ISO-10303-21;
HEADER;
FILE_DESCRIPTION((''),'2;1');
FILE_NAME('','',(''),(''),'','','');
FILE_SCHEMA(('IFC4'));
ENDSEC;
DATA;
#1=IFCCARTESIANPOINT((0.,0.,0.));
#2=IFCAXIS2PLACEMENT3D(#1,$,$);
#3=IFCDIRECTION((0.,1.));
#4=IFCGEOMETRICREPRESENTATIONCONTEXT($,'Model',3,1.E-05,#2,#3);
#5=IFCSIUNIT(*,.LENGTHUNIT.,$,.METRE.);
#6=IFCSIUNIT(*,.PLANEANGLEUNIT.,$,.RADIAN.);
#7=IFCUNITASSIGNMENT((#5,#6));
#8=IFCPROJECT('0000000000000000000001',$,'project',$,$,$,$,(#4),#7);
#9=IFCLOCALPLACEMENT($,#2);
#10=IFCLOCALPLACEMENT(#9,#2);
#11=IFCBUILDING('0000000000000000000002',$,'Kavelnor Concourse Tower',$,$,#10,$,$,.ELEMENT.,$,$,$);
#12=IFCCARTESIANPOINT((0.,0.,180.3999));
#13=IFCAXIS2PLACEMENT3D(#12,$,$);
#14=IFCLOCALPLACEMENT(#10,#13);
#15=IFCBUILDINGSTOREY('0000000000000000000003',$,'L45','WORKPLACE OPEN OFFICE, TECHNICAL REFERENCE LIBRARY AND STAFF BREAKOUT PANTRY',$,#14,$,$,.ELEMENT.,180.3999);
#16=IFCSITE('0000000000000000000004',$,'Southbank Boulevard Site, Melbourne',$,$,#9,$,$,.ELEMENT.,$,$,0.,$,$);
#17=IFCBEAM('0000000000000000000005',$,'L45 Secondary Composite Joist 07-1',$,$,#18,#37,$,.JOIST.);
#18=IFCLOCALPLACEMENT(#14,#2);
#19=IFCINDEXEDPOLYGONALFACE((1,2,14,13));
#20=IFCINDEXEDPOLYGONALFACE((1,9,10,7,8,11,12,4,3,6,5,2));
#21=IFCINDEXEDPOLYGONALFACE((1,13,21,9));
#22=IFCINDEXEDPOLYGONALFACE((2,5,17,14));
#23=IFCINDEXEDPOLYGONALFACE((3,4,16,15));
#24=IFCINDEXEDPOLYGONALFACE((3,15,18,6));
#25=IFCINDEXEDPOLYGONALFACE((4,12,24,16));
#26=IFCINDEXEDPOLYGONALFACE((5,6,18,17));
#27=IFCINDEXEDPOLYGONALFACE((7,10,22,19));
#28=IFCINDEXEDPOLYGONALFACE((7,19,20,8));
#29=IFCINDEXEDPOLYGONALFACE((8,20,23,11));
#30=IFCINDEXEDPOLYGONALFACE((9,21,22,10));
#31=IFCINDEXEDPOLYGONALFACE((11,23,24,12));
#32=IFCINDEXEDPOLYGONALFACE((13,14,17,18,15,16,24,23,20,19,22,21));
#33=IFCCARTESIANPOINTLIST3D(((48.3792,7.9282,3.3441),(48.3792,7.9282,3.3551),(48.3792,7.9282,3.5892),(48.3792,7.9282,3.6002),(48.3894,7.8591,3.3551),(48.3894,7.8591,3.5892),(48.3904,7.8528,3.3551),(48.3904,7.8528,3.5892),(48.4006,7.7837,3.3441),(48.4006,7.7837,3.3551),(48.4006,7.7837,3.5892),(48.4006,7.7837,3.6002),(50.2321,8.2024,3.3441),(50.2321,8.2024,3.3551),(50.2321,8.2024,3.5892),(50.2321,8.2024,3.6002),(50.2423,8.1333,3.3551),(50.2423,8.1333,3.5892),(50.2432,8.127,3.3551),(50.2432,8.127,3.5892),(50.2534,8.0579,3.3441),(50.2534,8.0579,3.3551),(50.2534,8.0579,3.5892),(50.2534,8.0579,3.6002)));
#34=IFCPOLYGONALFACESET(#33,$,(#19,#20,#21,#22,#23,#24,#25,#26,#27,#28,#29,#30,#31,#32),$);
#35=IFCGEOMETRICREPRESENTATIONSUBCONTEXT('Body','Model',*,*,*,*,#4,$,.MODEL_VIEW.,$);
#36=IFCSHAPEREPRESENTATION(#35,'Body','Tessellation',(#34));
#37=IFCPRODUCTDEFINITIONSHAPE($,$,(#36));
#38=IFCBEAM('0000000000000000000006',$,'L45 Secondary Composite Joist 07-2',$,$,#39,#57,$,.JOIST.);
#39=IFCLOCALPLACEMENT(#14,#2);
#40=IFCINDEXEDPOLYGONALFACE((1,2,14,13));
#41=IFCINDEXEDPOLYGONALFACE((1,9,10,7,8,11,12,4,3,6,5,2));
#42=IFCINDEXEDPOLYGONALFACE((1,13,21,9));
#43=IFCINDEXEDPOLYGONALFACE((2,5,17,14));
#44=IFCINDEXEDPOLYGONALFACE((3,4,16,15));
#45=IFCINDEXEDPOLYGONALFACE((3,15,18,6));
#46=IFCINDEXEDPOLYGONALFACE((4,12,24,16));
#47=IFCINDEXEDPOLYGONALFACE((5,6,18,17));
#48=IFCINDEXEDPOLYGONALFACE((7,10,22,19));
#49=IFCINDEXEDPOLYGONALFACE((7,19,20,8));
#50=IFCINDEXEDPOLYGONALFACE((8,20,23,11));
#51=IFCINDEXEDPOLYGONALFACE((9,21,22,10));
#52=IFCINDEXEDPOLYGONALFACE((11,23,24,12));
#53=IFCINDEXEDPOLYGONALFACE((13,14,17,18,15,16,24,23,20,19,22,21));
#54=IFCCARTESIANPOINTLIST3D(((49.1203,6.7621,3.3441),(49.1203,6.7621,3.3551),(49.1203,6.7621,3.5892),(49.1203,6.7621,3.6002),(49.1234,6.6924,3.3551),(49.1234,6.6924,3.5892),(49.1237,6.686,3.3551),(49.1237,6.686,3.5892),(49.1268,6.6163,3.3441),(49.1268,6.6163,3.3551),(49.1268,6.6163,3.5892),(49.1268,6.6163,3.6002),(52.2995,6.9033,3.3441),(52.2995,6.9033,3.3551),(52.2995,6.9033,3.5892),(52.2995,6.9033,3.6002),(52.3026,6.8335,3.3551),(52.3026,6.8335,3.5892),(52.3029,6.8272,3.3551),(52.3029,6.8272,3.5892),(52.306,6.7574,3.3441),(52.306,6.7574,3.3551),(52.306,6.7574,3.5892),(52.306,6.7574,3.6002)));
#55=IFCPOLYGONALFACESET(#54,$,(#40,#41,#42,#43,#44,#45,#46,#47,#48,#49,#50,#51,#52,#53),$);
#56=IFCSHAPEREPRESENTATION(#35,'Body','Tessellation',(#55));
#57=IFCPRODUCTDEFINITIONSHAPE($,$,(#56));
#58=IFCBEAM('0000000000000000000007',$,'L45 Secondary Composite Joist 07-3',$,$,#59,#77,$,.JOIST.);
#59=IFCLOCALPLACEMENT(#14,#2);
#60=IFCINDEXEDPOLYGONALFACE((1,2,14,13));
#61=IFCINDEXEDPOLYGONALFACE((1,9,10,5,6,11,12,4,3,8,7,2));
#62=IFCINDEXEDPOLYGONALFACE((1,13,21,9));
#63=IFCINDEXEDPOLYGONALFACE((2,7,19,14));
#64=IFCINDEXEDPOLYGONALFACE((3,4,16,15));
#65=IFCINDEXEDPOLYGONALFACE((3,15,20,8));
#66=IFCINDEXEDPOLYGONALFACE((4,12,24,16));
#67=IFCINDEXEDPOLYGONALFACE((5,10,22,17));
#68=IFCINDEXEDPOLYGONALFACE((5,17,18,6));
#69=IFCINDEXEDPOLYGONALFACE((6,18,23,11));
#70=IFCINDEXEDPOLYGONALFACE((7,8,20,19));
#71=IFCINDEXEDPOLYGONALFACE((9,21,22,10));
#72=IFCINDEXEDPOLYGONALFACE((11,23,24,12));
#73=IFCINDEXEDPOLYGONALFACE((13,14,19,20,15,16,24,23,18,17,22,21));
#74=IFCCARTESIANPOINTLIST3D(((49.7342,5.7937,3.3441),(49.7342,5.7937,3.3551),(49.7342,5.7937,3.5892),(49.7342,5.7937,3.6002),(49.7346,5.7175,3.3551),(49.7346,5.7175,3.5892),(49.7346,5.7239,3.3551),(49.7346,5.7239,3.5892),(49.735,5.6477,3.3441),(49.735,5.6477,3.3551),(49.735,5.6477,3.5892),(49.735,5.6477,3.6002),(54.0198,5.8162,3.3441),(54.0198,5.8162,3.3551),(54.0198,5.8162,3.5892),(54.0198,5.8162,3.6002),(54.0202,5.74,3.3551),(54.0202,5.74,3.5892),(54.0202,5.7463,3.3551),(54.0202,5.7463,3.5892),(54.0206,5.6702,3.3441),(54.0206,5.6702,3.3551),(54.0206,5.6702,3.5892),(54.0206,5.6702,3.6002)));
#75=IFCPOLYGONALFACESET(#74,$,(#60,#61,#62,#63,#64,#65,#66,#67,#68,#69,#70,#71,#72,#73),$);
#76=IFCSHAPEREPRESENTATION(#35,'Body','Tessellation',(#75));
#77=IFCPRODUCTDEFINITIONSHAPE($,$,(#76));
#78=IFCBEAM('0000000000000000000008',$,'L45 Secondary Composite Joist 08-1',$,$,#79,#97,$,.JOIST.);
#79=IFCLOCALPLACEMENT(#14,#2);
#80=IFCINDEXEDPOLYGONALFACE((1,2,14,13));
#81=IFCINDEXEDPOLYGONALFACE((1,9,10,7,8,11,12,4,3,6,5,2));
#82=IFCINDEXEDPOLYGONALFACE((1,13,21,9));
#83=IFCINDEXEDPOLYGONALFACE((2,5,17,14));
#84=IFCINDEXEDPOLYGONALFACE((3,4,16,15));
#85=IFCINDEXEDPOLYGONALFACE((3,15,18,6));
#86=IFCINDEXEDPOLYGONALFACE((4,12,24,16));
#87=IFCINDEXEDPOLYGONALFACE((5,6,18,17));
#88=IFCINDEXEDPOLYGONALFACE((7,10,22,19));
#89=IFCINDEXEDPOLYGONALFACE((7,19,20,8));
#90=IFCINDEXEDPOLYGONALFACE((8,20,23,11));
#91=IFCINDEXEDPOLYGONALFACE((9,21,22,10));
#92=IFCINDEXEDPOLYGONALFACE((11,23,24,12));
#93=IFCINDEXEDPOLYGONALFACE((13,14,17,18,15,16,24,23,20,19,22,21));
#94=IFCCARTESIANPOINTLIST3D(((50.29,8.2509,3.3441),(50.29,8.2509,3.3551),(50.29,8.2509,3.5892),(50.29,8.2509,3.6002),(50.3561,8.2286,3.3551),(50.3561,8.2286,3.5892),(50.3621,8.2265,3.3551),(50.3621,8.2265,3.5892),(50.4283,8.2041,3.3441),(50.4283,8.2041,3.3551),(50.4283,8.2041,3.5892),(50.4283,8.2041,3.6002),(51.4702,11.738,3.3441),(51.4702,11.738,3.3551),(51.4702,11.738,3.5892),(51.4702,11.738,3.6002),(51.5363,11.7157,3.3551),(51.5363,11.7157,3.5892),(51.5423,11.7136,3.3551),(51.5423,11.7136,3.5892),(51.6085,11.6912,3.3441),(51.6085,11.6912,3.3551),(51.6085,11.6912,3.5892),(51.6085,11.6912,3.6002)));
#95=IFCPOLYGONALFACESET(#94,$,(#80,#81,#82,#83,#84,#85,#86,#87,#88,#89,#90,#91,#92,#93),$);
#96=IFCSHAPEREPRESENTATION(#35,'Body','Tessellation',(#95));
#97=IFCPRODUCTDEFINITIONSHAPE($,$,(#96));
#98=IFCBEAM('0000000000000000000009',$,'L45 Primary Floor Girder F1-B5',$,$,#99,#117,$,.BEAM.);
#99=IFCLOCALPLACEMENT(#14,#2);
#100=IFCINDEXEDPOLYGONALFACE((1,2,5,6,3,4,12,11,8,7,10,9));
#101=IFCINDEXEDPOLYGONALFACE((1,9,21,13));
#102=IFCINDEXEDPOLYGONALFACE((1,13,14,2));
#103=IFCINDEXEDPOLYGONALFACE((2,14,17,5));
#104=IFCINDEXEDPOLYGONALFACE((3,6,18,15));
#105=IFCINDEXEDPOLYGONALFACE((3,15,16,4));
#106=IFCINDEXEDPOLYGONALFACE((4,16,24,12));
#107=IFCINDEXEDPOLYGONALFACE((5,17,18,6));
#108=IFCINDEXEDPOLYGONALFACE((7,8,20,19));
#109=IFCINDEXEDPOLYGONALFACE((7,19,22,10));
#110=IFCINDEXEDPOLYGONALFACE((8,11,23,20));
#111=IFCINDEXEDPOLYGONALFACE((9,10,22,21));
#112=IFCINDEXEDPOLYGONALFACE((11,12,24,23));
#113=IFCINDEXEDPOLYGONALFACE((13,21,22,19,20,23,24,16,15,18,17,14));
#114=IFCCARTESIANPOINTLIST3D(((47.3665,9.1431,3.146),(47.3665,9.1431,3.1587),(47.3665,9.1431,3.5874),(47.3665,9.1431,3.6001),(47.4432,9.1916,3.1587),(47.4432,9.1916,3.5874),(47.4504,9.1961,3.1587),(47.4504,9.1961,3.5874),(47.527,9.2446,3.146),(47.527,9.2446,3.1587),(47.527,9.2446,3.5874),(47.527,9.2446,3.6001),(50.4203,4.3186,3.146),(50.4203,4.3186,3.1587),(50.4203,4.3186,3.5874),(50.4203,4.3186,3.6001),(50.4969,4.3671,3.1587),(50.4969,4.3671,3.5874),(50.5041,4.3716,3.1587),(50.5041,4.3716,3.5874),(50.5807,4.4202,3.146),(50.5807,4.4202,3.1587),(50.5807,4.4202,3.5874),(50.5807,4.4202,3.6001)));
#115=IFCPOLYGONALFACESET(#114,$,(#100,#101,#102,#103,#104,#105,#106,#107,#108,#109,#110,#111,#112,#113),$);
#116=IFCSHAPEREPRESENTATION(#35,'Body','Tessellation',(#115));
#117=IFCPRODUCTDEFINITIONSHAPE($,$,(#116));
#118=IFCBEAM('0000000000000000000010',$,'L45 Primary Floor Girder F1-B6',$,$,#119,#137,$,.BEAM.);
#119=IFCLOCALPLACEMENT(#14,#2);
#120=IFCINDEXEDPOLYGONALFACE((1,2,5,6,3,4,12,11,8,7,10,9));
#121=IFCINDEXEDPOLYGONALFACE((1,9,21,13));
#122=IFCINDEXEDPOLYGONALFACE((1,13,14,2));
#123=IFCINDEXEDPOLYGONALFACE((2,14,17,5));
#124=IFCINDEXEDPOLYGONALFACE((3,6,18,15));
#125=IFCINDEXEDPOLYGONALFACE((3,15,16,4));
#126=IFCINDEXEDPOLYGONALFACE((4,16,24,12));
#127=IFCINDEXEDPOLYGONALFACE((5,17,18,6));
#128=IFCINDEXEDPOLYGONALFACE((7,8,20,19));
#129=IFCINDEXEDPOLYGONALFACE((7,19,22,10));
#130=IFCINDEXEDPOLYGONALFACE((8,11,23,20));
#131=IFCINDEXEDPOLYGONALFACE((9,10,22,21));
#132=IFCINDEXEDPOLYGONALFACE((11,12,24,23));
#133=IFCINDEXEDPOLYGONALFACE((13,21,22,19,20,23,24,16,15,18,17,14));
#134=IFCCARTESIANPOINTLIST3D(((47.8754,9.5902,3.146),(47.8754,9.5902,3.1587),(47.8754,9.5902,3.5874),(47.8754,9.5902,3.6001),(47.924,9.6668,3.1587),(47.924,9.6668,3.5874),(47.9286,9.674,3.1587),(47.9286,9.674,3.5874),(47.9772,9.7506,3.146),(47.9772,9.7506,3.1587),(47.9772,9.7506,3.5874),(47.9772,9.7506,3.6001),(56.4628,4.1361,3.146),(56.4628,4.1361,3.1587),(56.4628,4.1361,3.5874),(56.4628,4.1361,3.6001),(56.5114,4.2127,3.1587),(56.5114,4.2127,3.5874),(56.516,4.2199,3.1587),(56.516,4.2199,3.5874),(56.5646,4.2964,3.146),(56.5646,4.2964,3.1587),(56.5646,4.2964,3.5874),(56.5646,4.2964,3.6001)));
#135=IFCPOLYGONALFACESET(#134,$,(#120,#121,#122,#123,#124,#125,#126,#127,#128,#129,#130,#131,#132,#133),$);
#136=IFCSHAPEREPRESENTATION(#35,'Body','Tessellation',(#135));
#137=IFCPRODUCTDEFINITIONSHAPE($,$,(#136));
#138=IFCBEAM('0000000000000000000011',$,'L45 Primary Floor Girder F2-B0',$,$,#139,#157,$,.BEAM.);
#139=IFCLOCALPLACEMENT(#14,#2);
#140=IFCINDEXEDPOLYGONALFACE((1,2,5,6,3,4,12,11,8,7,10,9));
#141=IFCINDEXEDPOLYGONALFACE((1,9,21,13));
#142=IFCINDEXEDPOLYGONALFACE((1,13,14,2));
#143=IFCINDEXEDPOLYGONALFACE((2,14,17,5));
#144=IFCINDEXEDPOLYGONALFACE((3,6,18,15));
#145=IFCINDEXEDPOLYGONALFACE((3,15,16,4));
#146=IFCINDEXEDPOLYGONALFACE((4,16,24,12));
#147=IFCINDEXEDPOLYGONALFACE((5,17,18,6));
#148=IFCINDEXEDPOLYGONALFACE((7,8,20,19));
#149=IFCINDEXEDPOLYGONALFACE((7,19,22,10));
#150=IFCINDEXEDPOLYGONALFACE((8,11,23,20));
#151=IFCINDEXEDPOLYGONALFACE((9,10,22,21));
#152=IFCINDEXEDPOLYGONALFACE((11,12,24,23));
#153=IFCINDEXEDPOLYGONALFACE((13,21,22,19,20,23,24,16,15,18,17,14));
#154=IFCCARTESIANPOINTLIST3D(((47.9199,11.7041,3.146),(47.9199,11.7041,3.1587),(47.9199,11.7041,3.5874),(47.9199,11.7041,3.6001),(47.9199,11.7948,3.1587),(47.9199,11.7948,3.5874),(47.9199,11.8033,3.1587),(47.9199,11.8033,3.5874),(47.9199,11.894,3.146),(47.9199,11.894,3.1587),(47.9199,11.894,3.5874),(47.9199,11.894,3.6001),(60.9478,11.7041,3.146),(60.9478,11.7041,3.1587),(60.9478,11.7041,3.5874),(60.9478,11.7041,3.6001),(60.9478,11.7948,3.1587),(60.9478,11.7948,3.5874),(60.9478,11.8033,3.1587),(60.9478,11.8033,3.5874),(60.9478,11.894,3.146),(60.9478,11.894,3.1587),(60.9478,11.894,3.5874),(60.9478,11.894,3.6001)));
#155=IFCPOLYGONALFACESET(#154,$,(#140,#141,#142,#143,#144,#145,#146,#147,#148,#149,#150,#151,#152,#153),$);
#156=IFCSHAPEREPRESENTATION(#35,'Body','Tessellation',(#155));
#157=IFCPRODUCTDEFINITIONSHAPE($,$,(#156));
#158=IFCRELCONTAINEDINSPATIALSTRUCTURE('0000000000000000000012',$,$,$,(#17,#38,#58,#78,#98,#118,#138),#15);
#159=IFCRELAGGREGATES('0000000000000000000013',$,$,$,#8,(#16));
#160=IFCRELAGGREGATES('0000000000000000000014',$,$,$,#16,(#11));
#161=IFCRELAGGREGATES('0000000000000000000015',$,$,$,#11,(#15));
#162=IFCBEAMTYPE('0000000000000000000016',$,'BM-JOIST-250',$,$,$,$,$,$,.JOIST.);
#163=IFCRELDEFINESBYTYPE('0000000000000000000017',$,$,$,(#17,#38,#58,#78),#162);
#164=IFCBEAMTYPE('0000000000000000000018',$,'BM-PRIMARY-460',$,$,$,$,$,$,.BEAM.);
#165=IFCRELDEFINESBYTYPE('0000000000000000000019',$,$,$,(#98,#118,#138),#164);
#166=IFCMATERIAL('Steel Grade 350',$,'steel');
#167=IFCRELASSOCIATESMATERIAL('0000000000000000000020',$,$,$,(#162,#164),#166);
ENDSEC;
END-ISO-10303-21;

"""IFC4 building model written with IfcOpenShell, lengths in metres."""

from ifc_helpers import new_model, si_unit, direction, frame, origin, origin_2d, place, context, subcontext, project, spatial, i_section, extrude, material, material_profile, profile_set, type_object, element, save


model = new_model("IFC4")

# Units and contexts
model_context = context("Model", 3, precision=1e-05, world=origin(), true_north=direction((0.0, 1.0)))
body_context = subcontext(model_context, "Body", "Model", "MODEL_VIEW")
ifc_project = project(units=[si_unit("LENGTHUNIT", "METRE"), si_unit("PLANEANGLEUNIT", "RADIAN")], contexts=[model_context])

# Site, building, storey
site_placement = place(None, origin())
site = spatial("IfcSite", under=ifc_project, at=site_placement, Name="Southbank Boulevard Site, Melbourne", CompositionType="ELEMENT", RefElevation=0.0)
building_placement = place(site_placement, origin())
building = spatial("IfcBuilding", under=site, at=building_placement, Name="Kavelnor Concourse Tower", CompositionType="ELEMENT")
storey_placement = place(building_placement, frame((0.0, 0.0, 180.3999)))
storey = spatial("IfcBuildingStorey", under=building, at=storey_placement, Name="L45", Description="WORKPLACE OPEN OFFICE, TECHNICAL REFERENCE LIBRARY AND STAFF BREAKOUT PANTRY", CompositionType="ELEMENT", Elevation=180.3999)

# Beams
ifc_material_1 = material(Name="Steel Grade 350", Category="steel")
ifc_material_profile_1 = material_profile(ifc_material_1, i_section(OverallWidth=0.146, OverallDepth=0.2561, WebThickness=0.0063, FlangeThickness=0.011, at=origin_2d()), Name="250UB37")
ifc_profile_set_1 = profile_set([ifc_material_profile_1], Name="Steel Grade 350")
beam_type_1 = type_object("IfcBeamType", Name="BM-JOIST-250", PredefinedType="JOIST", material=ifc_profile_set_1)
beam_1_placement = place(storey_placement, frame((48.3899, 7.856, 3.4722), z_axis=(0.989228, 0.146383, 0.0), x_axis=(-0.146383, 0.989228, 0.0)))
element("IfcBeam", 1, at=beam_1_placement, inside=storey, type_object=beam_type_1, Name="L45 Secondary Composite Joist 07-1", PredefinedType="JOIST", context=body_context, shape_type="SweptSolid", body=[
    extrude(i_section(OverallWidth=0.146, OverallDepth=0.2561, WebThickness=0.0063, FlangeThickness=0.011, at=origin_2d()), origin(), (0.0, 0.0, 1.0), 1.873),
])
beam_2_placement = place(storey_placement, frame((49.1235, 6.6892, 3.4722), z_axis=(0.999016, 0.044343, 0.0), x_axis=(-0.044343, 0.999016, 0.0)))
element("IfcBeam", 2, at=beam_2_placement, inside=storey, type_object=beam_type_1, Name="L45 Secondary Composite Joist 07-2", PredefinedType="JOIST", context=body_context, shape_type="SweptSolid", body=[
    extrude(i_section(OverallWidth=0.146, OverallDepth=0.2561, WebThickness=0.0063, FlangeThickness=0.011, at=origin_2d()), origin(), (0.0, 0.0, 1.0), 3.1824),
])
beam_3_placement = place(storey_placement, frame((49.7346, 5.7207, 3.4722), z_axis=(0.999986, 0.005241, 0.0), x_axis=(-0.005241, 0.999986, 0.0)))
element("IfcBeam", 3, at=beam_3_placement, inside=storey, type_object=beam_type_1, Name="L45 Secondary Composite Joist 07-3", PredefinedType="JOIST", context=body_context, shape_type="SweptSolid", body=[
    extrude(i_section(OverallWidth=0.146, OverallDepth=0.2561, WebThickness=0.0063, FlangeThickness=0.011, at=origin_2d()), origin(), (0.0, 0.0, 1.0), 4.2856),
])
beam_4_placement = place(storey_placement, frame((50.3591, 8.2275, 3.4722), z_axis=(0.320582, 0.947221, 0.0), x_axis=(-0.947221, 0.320582, 0.0)))
element("IfcBeam", 4, at=beam_4_placement, inside=storey, type_object=beam_type_1, Name="L45 Secondary Composite Joist 08-1", PredefinedType="JOIST", context=body_context, shape_type="SweptSolid", body=[
    extrude(i_section(OverallWidth=0.146, OverallDepth=0.2561, WebThickness=0.0063, FlangeThickness=0.011, at=origin_2d()), origin(), (0.0, 0.0, 1.0), 3.6814),
])
ifc_material_profile_2 = material_profile(ifc_material_1, i_section(OverallWidth=0.1899, OverallDepth=0.4541, WebThickness=0.0085, FlangeThickness=0.0127, at=origin_2d()), Name="460UB67")
ifc_profile_set_2 = profile_set([ifc_material_profile_2], Name="Steel Grade 350")
beam_type_2 = type_object("IfcBeamType", Name="BM-PRIMARY-460", PredefinedType="BEAM", material=ifc_profile_set_2)
beam_5_placement = place(storey_placement, frame((47.4468, 9.1938, 3.373), z_axis=(0.534829, -0.84496, 0.0), x_axis=(0.84496, 0.534829, 0.0)))
element("IfcBeam", 5, at=beam_5_placement, inside=storey, type_object=beam_type_2, Name="L45 Primary Floor Girder F1-B5", PredefinedType="BEAM", context=body_context, shape_type="SweptSolid", body=[
    extrude(i_section(OverallWidth=0.1899, OverallDepth=0.4541, WebThickness=0.0085, FlangeThickness=0.0127, at=origin_2d()), origin(), (0.0, 0.0, 1.0), 5.7097),
])
beam_6_placement = place(storey_placement, frame((47.9263, 9.6704, 3.373), z_axis=(0.844134, -0.536133, 0.0), x_axis=(0.536133, 0.844134, 0.0)))
element("IfcBeam", 6, at=beam_6_placement, inside=storey, type_object=beam_type_2, Name="L45 Primary Floor Girder F1-B6", PredefinedType="BEAM", context=body_context, shape_type="SweptSolid", body=[
    extrude(i_section(OverallWidth=0.1899, OverallDepth=0.4541, WebThickness=0.0085, FlangeThickness=0.0127, at=origin_2d()), origin(), (0.0, 0.0, 1.0), 10.1731),
])
beam_7_placement = place(storey_placement, frame((47.9199, 11.7991, 3.373), z_axis=(1.0, 0.0, 0.0), x_axis=(0.0, 1.0, 0.0)))
element("IfcBeam", 7, at=beam_7_placement, inside=storey, type_object=beam_type_2, Name="L45 Primary Floor Girder F2-B0", PredefinedType="BEAM", context=body_context, shape_type="SweptSolid", body=[
    extrude(i_section(OverallWidth=0.1899, OverallDepth=0.4541, WebThickness=0.0085, FlangeThickness=0.0127, at=origin_2d()), origin(), (0.0, 0.0, 1.0), 13.0278),
])

save(model, "model.ifc")
